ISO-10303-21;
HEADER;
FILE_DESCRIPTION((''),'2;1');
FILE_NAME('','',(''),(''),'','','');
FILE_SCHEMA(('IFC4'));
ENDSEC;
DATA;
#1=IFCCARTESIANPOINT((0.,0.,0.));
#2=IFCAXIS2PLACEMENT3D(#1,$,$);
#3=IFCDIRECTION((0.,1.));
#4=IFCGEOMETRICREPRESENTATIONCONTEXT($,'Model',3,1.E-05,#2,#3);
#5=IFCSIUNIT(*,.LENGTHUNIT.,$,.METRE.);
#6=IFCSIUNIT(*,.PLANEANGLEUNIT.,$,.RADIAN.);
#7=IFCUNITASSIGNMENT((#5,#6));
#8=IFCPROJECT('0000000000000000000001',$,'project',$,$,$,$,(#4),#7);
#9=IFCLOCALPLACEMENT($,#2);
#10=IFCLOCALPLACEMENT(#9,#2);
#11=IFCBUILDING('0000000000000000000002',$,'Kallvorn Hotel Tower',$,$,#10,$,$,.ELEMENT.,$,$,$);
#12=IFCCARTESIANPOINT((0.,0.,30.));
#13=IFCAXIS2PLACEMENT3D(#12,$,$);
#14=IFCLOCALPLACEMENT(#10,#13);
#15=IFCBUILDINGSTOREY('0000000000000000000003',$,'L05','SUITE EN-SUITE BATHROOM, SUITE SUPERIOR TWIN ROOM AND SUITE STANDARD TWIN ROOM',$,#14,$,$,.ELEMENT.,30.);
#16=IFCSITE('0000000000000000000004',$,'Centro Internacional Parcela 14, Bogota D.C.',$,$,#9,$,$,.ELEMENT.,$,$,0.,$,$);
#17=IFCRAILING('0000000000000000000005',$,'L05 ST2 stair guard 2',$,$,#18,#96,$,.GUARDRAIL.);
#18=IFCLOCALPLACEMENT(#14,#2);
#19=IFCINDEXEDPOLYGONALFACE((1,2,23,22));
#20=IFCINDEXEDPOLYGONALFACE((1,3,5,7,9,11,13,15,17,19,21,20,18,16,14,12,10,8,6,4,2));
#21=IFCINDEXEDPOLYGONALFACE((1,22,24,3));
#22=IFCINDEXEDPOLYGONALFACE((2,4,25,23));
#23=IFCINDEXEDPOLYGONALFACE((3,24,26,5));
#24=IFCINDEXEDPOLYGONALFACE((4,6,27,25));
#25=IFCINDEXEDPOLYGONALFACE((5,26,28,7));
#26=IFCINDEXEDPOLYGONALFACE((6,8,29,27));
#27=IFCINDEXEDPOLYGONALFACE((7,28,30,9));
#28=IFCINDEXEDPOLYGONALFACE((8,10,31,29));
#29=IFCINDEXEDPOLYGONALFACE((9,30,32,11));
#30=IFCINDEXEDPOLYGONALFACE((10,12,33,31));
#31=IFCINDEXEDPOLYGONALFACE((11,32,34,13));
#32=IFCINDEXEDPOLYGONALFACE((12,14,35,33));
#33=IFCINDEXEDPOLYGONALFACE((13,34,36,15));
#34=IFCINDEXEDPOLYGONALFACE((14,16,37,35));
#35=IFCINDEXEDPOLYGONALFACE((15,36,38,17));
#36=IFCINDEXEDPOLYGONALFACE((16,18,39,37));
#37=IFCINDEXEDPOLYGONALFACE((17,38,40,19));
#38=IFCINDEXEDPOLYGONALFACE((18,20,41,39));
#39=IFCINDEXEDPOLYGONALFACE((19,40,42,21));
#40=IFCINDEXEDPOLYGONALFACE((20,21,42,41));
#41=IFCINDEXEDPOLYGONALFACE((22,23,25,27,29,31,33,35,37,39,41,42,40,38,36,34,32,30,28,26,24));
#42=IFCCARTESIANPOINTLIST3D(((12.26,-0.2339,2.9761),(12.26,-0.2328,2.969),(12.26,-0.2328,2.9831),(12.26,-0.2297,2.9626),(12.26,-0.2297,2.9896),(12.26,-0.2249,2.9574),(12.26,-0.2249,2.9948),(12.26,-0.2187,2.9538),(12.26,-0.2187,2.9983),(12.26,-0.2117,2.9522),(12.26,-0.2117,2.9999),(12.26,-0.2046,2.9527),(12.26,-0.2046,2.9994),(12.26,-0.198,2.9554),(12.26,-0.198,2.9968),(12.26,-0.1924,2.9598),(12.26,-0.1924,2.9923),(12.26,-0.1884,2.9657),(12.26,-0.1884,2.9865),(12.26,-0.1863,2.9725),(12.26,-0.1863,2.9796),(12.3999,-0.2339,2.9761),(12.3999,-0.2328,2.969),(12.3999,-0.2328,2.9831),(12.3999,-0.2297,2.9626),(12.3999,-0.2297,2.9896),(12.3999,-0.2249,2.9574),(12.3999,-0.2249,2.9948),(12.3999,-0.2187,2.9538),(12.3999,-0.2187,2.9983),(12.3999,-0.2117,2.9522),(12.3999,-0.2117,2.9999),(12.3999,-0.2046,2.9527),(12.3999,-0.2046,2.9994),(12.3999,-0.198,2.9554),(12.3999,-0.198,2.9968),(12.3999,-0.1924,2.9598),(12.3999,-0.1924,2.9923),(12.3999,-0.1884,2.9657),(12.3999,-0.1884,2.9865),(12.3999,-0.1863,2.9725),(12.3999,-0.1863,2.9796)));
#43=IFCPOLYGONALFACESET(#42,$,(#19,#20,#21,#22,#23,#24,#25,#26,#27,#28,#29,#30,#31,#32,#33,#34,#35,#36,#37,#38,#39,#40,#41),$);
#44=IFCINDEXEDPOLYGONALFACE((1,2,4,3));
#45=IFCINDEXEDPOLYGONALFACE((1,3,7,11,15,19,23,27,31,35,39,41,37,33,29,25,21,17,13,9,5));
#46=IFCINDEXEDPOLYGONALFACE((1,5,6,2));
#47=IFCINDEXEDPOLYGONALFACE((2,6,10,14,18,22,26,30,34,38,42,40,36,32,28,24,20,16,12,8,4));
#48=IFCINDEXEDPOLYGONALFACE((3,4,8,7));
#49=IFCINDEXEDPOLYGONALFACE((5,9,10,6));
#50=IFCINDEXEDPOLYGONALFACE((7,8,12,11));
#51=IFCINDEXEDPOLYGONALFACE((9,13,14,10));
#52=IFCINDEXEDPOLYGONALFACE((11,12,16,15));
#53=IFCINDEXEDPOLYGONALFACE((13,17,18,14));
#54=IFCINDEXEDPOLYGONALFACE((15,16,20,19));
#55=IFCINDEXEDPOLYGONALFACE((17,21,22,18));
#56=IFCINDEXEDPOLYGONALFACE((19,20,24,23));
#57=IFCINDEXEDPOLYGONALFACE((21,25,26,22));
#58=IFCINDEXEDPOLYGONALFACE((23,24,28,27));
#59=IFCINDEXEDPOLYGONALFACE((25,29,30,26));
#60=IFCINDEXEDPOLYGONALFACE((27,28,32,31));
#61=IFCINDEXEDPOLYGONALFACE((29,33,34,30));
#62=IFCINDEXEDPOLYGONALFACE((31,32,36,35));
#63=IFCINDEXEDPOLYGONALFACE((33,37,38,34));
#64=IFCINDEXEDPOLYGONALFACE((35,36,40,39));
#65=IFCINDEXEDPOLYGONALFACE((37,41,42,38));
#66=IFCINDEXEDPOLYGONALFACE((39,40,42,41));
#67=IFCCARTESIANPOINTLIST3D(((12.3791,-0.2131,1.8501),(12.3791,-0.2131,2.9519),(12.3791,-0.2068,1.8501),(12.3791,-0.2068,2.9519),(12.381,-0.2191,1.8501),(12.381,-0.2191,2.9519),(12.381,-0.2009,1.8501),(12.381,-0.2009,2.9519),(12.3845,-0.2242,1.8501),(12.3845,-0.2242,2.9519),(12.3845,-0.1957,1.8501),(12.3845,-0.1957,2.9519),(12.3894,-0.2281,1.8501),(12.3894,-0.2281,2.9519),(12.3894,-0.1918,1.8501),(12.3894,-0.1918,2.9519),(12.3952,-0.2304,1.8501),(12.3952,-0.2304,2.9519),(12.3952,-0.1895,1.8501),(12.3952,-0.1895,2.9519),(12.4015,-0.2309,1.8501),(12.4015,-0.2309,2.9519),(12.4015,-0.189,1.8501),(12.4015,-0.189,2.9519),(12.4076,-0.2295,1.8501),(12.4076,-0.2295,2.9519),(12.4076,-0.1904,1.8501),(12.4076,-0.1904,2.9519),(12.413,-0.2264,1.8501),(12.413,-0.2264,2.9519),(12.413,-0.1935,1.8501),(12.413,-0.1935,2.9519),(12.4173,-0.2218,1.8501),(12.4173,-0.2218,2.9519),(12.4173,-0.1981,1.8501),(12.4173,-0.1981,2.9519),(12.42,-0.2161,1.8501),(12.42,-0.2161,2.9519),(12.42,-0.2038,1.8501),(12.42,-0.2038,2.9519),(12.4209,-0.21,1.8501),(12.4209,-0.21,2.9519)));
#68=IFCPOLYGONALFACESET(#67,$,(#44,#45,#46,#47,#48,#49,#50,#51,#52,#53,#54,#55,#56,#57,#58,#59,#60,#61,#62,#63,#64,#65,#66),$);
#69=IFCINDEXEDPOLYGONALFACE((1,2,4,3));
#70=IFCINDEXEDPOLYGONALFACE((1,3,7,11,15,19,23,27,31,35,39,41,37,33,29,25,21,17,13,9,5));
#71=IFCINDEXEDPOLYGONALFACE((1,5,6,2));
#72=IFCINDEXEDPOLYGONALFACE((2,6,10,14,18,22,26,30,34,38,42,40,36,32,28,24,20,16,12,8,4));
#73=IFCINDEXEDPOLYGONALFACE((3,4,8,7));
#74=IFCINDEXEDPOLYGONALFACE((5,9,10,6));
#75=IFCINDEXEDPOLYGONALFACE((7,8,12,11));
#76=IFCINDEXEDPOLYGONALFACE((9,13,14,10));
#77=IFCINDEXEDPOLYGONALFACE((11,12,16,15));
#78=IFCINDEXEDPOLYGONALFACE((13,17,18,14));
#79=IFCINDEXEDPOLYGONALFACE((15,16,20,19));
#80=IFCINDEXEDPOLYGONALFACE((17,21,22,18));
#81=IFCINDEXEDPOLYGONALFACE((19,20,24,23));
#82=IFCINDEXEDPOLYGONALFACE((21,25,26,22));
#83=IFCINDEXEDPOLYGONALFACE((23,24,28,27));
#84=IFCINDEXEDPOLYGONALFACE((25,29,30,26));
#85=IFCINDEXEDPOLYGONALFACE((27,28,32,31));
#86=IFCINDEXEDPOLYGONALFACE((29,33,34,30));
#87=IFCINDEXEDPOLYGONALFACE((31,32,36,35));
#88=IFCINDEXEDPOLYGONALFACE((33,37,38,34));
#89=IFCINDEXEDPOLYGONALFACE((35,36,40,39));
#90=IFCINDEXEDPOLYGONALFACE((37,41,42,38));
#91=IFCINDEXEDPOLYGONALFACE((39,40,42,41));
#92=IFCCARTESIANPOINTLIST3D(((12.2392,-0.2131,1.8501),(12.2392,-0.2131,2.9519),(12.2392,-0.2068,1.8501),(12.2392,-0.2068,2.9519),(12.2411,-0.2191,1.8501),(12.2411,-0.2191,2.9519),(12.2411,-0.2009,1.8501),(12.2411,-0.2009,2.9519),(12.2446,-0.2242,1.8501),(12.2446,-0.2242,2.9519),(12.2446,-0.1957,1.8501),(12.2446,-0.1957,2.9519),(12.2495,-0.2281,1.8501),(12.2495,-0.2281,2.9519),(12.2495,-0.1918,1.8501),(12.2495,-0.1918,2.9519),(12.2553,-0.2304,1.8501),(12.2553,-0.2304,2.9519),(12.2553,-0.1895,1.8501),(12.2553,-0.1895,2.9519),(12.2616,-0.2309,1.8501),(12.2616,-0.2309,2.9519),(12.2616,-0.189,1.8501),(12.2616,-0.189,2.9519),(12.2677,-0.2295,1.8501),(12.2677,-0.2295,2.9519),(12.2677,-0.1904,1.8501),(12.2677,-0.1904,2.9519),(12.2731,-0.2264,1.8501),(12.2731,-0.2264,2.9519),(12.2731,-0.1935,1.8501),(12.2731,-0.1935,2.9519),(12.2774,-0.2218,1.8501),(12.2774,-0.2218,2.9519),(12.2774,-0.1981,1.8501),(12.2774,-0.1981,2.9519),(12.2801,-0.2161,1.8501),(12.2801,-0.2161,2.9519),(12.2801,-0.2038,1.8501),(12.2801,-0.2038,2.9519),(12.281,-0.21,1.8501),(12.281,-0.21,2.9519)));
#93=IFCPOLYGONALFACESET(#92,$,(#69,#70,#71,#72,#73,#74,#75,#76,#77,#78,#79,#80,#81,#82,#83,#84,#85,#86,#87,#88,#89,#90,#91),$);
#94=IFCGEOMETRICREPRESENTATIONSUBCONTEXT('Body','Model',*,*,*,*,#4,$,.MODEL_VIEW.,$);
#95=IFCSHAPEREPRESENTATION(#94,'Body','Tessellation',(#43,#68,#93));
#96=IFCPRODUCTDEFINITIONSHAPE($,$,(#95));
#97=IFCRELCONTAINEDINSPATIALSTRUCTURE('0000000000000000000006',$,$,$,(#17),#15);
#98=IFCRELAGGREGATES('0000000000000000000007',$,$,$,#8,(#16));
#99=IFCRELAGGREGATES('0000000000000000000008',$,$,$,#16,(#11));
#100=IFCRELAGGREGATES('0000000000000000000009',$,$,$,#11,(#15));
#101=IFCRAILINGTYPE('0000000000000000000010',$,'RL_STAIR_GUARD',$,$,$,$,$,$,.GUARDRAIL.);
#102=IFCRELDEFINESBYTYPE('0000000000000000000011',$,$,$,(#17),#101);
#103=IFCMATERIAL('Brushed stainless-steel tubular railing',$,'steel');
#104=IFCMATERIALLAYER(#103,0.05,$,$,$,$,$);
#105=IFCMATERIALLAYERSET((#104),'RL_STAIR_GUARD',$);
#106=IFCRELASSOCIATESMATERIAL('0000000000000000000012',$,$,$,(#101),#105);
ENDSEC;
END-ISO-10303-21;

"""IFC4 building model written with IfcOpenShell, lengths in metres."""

from ifc_helpers import new_model, si_unit, direction, frame, origin, origin_2d, place, context, subcontext, project, spatial, circle, extrude, material, layer, layer_set, type_object, element, save


model = new_model("IFC4")

# Units and contexts
model_context = context("Model", 3, precision=1e-05, world=origin(), true_north=direction((0.0, 1.0)))
body_context = subcontext(model_context, "Body", "Model", "MODEL_VIEW")
ifc_project = project(units=[si_unit("LENGTHUNIT", "METRE"), si_unit("PLANEANGLEUNIT", "RADIAN")], contexts=[model_context])

# Site, building, storey
site_placement = place(None, origin())
site = spatial("IfcSite", under=ifc_project, at=site_placement, Name="Centro Internacional Parcela 14, Bogota D.C.", CompositionType="ELEMENT", RefElevation=0.0)
building_placement = place(site_placement, origin())
building = spatial("IfcBuilding", under=site, at=building_placement, Name="Kallvorn Hotel Tower", CompositionType="ELEMENT")
storey_placement = place(building_placement, frame((0.0, 0.0, 30.0)))
storey = spatial("IfcBuildingStorey", under=building, at=storey_placement, Name="L05", Description="SUITE EN-SUITE BATHROOM, SUITE SUPERIOR TWIN ROOM AND SUITE STANDARD TWIN ROOM", CompositionType="ELEMENT", Elevation=30.0)

# Railing
ifc_material_1 = material(Name="Brushed stainless-steel tubular railing", Category="steel")
ifc_layer_1 = layer(ifc_material_1, 0.05)
ifc_layer_set_1 = layer_set([ifc_layer_1], Name="RL_STAIR_GUARD")
railing_type = type_object("IfcRailingType", Name="RL_STAIR_GUARD", PredefinedType="GUARDRAIL", material=ifc_layer_set_1)
railing_1_placement = place(storey_placement, frame((12.3999, -0.21, 1.8501)))
element("IfcRailing", 1, at=railing_1_placement, inside=storey, type_object=railing_type, Name="L05 ST2 stair guard 2", PredefinedType="GUARDRAIL", context=body_context, shape_type="SweptSolid", body=[
    extrude(circle(Radius=0.0239, at=origin_2d()), frame((0.0, 0.0, 1.126), z_axis=(-1.0, 0.0, 0.0), x_axis=(0.0, -1.0, 0.0)), (0.0, 0.0, 1.0), 0.1399),
    extrude(circle(Radius=0.021, at=origin_2d()), origin(), (0.0, 0.0, 1.0), 1.1018),
    extrude(circle(Radius=0.021, at=origin_2d()), frame((-0.1399, 0.0, 0.0)), (0.0, 0.0, 1.0), 1.1018),
])

save(model, "model.ifc")
